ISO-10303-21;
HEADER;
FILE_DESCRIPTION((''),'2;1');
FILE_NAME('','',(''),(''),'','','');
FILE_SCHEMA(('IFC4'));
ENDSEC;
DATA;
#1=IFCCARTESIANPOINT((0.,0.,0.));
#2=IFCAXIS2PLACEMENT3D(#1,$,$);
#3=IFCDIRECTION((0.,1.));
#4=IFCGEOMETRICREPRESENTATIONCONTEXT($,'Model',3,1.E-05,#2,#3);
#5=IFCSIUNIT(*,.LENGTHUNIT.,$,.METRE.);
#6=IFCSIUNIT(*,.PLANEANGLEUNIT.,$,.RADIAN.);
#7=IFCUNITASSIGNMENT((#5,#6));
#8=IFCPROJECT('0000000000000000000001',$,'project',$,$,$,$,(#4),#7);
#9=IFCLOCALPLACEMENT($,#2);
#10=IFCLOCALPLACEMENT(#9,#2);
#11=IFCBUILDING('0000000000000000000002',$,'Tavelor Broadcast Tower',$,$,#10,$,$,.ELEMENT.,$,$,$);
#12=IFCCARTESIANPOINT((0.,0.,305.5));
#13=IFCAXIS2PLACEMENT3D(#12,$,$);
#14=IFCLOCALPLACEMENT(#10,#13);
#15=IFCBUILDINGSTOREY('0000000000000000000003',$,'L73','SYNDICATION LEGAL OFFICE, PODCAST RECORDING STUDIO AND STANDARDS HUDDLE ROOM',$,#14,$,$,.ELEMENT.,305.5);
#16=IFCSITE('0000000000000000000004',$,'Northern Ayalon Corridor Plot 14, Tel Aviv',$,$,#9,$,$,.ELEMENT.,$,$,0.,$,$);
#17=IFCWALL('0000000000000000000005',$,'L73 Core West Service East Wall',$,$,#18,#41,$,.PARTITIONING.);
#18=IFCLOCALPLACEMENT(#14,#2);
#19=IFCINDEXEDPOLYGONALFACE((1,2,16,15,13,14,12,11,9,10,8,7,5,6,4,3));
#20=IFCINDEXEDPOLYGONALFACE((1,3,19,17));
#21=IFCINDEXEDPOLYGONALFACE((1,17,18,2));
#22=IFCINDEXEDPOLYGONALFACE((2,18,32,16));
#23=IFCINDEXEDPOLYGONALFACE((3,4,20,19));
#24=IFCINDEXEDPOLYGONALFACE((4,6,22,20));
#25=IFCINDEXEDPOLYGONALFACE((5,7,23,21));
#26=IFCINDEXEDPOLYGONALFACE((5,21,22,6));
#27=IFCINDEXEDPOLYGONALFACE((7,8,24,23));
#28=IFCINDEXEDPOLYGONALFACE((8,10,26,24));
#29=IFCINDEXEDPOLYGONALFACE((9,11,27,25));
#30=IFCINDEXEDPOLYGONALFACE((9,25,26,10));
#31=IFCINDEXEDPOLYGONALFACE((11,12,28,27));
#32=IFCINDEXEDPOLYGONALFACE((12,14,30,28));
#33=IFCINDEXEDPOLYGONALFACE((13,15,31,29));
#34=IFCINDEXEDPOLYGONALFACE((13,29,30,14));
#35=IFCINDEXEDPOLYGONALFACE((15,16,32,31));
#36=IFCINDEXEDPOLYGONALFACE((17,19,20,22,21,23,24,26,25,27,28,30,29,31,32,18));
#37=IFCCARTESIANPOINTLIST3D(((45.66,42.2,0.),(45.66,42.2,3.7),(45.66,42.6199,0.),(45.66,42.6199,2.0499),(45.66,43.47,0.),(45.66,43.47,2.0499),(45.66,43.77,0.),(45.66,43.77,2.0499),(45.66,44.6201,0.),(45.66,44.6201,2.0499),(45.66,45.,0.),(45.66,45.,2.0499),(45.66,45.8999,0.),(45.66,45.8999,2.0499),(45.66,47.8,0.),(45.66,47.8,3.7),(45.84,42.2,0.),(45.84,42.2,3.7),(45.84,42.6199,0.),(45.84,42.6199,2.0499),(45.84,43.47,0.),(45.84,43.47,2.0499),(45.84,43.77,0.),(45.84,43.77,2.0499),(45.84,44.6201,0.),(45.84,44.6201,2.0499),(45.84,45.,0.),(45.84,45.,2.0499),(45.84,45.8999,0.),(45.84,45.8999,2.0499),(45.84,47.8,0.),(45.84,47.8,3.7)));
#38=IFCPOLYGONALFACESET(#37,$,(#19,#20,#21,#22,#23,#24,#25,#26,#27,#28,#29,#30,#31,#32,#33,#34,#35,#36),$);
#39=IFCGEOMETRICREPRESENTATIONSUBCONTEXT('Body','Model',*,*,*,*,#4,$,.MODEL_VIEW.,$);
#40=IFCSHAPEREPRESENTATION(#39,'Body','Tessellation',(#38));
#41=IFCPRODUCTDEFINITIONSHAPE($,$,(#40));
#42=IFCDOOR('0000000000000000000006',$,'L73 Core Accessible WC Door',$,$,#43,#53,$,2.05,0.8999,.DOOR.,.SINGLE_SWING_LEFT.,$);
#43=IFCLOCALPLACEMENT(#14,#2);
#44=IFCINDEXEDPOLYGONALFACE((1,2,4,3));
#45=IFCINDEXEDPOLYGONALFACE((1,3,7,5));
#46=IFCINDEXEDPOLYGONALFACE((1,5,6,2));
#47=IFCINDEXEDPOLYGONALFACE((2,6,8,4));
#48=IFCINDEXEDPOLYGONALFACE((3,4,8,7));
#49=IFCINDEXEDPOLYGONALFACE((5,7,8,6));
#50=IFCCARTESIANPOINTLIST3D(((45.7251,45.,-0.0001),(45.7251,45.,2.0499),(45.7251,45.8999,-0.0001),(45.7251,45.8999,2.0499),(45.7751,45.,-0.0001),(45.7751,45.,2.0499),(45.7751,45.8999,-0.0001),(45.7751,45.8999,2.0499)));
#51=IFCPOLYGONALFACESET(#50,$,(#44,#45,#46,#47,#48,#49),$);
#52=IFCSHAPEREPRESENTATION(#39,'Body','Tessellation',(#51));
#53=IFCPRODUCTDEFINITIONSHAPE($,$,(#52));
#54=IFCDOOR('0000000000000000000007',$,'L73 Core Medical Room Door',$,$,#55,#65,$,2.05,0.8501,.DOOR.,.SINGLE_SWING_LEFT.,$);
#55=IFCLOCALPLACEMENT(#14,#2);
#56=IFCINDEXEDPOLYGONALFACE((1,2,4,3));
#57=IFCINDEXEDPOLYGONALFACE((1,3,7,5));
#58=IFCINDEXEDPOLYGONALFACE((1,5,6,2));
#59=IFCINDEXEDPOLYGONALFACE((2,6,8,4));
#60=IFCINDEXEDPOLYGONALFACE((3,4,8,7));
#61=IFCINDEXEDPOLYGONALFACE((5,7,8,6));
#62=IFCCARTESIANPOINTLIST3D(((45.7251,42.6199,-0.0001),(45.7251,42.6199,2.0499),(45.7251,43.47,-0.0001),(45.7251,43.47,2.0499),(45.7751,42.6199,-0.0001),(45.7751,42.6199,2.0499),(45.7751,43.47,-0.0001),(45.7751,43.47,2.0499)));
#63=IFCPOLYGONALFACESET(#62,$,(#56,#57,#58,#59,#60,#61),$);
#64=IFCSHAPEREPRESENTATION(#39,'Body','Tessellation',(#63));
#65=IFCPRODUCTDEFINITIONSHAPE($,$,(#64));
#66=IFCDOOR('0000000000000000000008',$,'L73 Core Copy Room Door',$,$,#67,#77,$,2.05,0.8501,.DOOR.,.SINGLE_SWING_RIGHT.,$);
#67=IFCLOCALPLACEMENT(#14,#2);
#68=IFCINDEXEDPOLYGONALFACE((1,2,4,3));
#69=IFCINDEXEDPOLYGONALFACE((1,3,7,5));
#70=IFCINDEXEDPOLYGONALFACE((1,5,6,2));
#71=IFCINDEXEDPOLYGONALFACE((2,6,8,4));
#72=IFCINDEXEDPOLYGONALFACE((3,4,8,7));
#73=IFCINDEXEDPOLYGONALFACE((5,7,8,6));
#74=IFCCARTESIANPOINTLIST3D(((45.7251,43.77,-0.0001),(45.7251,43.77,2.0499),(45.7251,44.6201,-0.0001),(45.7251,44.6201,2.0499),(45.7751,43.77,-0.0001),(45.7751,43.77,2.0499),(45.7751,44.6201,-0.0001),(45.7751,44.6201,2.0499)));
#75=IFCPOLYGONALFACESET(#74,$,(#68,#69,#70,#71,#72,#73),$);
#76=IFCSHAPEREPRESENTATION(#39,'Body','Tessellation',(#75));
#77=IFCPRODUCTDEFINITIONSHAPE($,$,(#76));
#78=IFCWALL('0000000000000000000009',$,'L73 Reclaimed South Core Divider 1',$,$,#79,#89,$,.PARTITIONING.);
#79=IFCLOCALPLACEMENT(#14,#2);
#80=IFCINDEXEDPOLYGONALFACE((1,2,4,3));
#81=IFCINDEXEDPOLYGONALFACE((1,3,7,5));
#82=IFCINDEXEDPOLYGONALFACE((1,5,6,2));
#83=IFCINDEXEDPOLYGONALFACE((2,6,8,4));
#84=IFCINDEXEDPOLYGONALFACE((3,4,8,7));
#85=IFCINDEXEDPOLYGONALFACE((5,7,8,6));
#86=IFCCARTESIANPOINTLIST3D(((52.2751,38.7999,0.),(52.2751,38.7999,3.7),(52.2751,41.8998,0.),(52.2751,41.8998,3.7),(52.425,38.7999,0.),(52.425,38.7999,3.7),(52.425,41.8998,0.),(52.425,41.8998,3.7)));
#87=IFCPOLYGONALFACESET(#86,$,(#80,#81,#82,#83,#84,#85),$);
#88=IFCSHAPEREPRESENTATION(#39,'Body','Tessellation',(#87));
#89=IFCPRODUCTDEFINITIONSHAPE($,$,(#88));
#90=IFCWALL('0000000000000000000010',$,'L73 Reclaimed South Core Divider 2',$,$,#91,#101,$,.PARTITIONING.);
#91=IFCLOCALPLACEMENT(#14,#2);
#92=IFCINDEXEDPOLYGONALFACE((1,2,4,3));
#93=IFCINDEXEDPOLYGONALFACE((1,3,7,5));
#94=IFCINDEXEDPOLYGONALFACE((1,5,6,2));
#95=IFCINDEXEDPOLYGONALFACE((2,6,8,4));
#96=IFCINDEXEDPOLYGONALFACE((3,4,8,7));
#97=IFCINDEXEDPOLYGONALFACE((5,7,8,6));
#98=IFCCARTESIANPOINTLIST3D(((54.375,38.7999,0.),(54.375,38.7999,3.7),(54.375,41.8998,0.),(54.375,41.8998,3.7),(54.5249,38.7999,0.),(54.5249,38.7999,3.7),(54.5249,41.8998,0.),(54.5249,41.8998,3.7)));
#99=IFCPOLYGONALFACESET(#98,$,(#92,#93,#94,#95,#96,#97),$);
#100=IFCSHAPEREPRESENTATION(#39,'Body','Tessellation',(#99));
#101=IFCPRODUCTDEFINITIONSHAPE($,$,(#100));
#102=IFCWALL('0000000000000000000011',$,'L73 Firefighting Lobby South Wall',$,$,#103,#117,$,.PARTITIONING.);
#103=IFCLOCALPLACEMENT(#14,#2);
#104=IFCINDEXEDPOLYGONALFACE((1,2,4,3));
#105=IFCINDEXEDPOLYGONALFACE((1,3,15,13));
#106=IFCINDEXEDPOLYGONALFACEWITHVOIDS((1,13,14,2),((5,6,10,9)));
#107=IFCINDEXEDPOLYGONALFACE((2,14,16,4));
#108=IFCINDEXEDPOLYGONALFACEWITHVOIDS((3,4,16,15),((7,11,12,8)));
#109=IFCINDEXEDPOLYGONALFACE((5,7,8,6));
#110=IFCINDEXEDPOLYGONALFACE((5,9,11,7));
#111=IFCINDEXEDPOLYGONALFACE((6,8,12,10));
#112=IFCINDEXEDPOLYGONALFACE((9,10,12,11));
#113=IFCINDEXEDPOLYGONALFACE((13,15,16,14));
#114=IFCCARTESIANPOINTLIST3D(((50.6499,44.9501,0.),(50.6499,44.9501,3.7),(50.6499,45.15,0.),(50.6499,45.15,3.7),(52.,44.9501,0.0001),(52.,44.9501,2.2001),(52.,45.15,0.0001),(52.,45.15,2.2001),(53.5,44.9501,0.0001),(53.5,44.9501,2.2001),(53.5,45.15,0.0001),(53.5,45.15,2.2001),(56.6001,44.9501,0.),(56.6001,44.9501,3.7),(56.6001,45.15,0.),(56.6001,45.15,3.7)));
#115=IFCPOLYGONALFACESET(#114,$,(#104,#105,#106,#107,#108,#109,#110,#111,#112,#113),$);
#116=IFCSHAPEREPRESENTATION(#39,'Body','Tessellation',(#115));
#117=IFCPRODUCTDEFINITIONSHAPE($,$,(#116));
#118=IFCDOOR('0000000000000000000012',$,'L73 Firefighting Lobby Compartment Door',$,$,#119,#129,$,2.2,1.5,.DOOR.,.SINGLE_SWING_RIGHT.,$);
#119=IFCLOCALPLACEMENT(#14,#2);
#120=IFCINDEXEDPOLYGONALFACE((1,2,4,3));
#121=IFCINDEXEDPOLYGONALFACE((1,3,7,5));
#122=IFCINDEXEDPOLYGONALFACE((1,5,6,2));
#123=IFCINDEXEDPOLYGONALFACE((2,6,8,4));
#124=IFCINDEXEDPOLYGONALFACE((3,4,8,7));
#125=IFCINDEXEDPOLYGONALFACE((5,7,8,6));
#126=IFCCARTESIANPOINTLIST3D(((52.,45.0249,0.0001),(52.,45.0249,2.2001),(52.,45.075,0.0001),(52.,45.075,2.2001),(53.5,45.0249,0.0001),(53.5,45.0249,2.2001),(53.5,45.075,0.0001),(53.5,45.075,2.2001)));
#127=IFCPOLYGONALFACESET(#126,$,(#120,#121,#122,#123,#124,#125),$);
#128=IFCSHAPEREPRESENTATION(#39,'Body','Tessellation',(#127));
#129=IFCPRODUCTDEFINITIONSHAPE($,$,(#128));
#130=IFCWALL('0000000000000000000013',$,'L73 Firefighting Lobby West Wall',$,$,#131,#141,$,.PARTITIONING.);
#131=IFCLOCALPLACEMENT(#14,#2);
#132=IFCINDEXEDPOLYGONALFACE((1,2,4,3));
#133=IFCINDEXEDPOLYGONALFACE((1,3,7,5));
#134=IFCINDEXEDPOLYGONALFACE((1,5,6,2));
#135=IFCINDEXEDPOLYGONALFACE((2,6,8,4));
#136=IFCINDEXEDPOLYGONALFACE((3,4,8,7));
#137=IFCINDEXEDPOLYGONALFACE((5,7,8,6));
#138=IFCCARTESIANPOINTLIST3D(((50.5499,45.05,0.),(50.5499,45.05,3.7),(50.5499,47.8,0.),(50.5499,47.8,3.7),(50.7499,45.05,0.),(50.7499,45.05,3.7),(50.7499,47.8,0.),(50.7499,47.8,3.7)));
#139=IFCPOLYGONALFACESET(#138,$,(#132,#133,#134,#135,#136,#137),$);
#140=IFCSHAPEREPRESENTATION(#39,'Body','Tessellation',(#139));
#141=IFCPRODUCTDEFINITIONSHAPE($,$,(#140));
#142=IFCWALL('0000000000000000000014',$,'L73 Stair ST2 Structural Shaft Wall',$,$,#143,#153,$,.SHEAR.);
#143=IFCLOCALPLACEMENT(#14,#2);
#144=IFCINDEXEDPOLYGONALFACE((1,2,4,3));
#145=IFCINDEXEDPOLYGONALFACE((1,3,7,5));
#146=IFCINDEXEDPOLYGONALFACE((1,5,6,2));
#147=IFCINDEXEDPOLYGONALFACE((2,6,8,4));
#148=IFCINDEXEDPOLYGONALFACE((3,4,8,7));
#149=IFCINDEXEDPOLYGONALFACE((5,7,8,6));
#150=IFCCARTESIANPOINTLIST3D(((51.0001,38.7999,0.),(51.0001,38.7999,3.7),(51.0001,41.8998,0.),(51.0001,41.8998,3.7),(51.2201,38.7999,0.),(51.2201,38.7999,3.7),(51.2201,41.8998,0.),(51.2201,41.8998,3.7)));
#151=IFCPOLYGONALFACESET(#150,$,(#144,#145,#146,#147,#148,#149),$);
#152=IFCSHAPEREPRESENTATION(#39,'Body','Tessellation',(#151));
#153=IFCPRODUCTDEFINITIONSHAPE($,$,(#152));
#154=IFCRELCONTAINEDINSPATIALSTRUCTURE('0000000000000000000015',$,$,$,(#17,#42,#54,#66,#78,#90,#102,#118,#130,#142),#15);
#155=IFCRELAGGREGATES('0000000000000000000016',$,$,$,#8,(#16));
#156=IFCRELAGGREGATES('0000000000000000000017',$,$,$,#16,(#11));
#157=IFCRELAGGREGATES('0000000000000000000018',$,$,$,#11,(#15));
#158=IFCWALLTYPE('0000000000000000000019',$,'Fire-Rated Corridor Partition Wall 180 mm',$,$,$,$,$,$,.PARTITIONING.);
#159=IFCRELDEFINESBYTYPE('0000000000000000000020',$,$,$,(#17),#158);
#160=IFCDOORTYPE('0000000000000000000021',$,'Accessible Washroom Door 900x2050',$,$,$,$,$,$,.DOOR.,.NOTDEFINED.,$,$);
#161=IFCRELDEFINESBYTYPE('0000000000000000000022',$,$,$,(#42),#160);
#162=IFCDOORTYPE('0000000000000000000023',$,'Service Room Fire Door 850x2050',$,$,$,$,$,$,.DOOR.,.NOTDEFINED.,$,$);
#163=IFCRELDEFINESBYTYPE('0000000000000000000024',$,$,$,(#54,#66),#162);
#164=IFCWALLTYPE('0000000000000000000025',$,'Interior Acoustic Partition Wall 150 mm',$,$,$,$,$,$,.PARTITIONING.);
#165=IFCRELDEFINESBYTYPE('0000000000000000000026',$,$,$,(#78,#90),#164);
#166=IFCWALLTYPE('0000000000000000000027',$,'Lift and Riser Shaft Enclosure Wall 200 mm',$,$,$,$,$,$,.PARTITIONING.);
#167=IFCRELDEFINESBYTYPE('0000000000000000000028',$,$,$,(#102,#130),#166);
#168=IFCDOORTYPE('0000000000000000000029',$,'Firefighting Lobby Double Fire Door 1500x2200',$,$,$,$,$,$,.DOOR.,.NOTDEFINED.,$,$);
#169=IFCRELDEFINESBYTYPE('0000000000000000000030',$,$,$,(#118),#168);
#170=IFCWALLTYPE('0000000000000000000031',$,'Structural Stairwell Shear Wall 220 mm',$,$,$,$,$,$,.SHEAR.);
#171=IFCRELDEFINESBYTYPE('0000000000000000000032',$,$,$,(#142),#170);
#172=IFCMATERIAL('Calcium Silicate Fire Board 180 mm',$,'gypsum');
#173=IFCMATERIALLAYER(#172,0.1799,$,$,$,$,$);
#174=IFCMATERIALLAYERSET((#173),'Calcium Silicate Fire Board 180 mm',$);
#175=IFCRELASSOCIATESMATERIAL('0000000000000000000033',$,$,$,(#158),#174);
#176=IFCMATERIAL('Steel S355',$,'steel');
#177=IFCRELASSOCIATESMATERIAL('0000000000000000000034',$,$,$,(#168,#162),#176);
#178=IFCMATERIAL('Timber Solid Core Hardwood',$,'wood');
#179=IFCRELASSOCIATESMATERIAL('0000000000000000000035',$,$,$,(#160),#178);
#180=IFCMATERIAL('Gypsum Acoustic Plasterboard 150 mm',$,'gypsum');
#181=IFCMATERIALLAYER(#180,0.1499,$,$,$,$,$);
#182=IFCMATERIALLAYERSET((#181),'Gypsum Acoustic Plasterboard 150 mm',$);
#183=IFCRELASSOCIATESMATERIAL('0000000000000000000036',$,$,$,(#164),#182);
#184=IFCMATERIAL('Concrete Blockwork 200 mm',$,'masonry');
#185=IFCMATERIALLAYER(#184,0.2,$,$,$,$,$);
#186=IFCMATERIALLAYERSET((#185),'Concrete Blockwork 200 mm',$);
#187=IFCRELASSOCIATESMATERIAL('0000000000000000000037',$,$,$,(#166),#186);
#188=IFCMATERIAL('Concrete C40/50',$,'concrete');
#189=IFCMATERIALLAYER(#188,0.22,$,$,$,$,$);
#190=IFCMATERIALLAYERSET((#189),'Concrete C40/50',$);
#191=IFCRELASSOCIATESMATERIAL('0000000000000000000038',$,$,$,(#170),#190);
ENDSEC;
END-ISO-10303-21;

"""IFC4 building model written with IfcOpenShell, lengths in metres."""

from ifc_helpers import new_model, si_unit, direction, frame, frame_2d, origin, place, context, subcontext, project, spatial, rectangle, extrude, material, layer, layer_set, type_object, element, fill, save


model = new_model("IFC4")

# Units and contexts
model_context = context("Model", 3, precision=1e-05, world=origin(), true_north=direction((0.0, 1.0)))
body_context = subcontext(model_context, "Body", "Model", "MODEL_VIEW")
ifc_project = project(units=[si_unit("LENGTHUNIT", "METRE"), si_unit("PLANEANGLEUNIT", "RADIAN")], contexts=[model_context])

# Site, building, storey
site_placement = place(None, origin())
site = spatial("IfcSite", under=ifc_project, at=site_placement, Name="Northern Ayalon Corridor Plot 14, Tel Aviv", CompositionType="ELEMENT", RefElevation=0.0)
building_placement = place(site_placement, origin())
building = spatial("IfcBuilding", under=site, at=building_placement, Name="Tavelor Broadcast Tower", CompositionType="ELEMENT")
storey_placement = place(building_placement, frame((0.0, 0.0, 305.5)))
storey = spatial("IfcBuildingStorey", under=building, at=storey_placement, Name="L73", Description="SYNDICATION LEGAL OFFICE, PODCAST RECORDING STUDIO AND STANDARDS HUDDLE ROOM", CompositionType="ELEMENT", Elevation=305.5)

# Shared definitions
ifc_material_1 = material(Name="Concrete C40/50", Category="concrete")
ifc_material_2 = material(Name="Steel S355", Category="steel")

# Shared definitions
ifc_material_3 = material(Name="Calcium Silicate Fire Board 180 mm", Category="gypsum")
ifc_layer_1 = layer(ifc_material_3, 0.1799)
ifc_layer_set_1 = layer_set([ifc_layer_1], Name="Calcium Silicate Fire Board 180 mm")
wall_type_1 = type_object("IfcWallType", Name="Fire-Rated Corridor Partition Wall 180 mm", PredefinedType="PARTITIONING", material=ifc_layer_set_1)
door_type_1 = type_object("IfcDoorType", Name="Firefighting Lobby Double Fire Door 1500x2200", OperationType="NOTDEFINED", PredefinedType="DOOR", material=ifc_material_2)

# Wall, openings, doors
wall_1_placement = place(storey_placement, frame((45.75, 42.2, 0.0), z_axis=(0.0, 0.0, 1.0), x_axis=(0.0, 1.0, 0.0)))
wall_1 = element("IfcWall", 1, at=wall_1_placement, inside=storey, type_object=wall_type_1, Name="L73 Core West Service East Wall", PredefinedType="PARTITIONING", context=body_context, shape_type="SweptSolid", body=[
    extrude(rectangle(XDim=5.6001, YDim=0.1799, at=frame_2d((2.8, 0.0))), origin(), (0.0, 0.0, 1.0), 3.7),
])
opening_1_placement = place(wall_1_placement, frame((0.4199, 0.0, 0.0)))
opening_1 = element("IfcOpeningElement", 2, at=opening_1_placement, cuts=wall_1, PredefinedType="OPENING", context=body_context, shape_type="SweptSolid", body=[
    extrude(rectangle(XDim=0.8501, YDim=2.05, at=frame_2d((0.425, 1.0249))), frame((0.0, 0.1001, 0.0), z_axis=(0.0, -1.0, 0.0), x_axis=(1.0, 0.0, 0.0)), (0.0, 0.0, 1.0), 0.2),
])
opening_2_placement = place(wall_1_placement, frame((1.5701, 0.0, 0.0)))
opening_2 = element("IfcOpeningElement", 3, at=opening_2_placement, cuts=wall_1, PredefinedType="OPENING", context=body_context, shape_type="SweptSolid", body=[
    extrude(rectangle(XDim=0.8501, YDim=2.05, at=frame_2d((0.425, 1.0249))), frame((0.0, 0.1001, 0.0), z_axis=(0.0, -1.0, 0.0), x_axis=(1.0, 0.0, 0.0)), (0.0, 0.0, 1.0), 0.2),
])
opening_3_placement = place(wall_1_placement, frame((2.8, 0.0, 0.0)))
opening_3 = element("IfcOpeningElement", 4, at=opening_3_placement, cuts=wall_1, PredefinedType="OPENING", context=body_context, shape_type="SweptSolid", body=[
    extrude(rectangle(XDim=0.8999, YDim=2.05, at=frame_2d((0.45, 1.0249))), frame((0.0, 0.1001, 0.0), z_axis=(0.0, -1.0, 0.0), x_axis=(1.0, 0.0, 0.0)), (0.0, 0.0, 1.0), 0.2),
])
ifc_material_4 = material(Name="Timber Solid Core Hardwood", Category="wood")
door_type_2 = type_object("IfcDoorType", Name="Accessible Washroom Door 900x2050", OperationType="NOTDEFINED", PredefinedType="DOOR", material=ifc_material_4)
door_1_placement = place(opening_3_placement, origin())
door_1 = element("IfcDoor", 5, at=door_1_placement, inside=storey, type_object=door_type_2, Name="L73 Core Accessible WC Door", OperationType="SINGLE_SWING_LEFT", OverallHeight=2.05, OverallWidth=0.8999, PredefinedType="DOOR", context=body_context, shape_type="SweptSolid", body=[
    extrude(rectangle(XDim=0.8999, YDim=2.05, at=frame_2d((0.45, 1.0249))), frame((0.0, 0.0249, 0.0), z_axis=(0.0, -1.0, 0.0), x_axis=(1.0, 0.0, 0.0)), (0.0, 0.0, 1.0), 0.05),
])
fill(opening_3, door_1)
door_type_3 = type_object("IfcDoorType", Name="Service Room Fire Door 850x2050", OperationType="NOTDEFINED", PredefinedType="DOOR", material=ifc_material_2)
door_2_placement = place(opening_1_placement, origin())
door_2 = element("IfcDoor", 6, at=door_2_placement, inside=storey, type_object=door_type_3, Name="L73 Core Medical Room Door", OperationType="SINGLE_SWING_LEFT", OverallHeight=2.05, OverallWidth=0.8501, PredefinedType="DOOR", context=body_context, shape_type="SweptSolid", body=[
    extrude(rectangle(XDim=0.8501, YDim=2.05, at=frame_2d((0.425, 1.0249))), frame((0.0, 0.0249, 0.0), z_axis=(0.0, -1.0, 0.0), x_axis=(1.0, 0.0, 0.0)), (0.0, 0.0, 1.0), 0.05),
])
fill(opening_1, door_2)
door_3_placement = place(opening_2_placement, origin())
door_3 = element("IfcDoor", 7, at=door_3_placement, inside=storey, type_object=door_type_3, Name="L73 Core Copy Room Door", OperationType="SINGLE_SWING_RIGHT", OverallHeight=2.05, OverallWidth=0.8501, PredefinedType="DOOR", context=body_context, shape_type="SweptSolid", body=[
    extrude(rectangle(XDim=0.8501, YDim=2.05, at=frame_2d((0.425, 1.0249))), frame((0.0, 0.0249, 0.0), z_axis=(0.0, -1.0, 0.0), x_axis=(1.0, 0.0, 0.0)), (0.0, 0.0, 1.0), 0.05),
])
fill(opening_2, door_3)

# Walls
ifc_material_5 = material(Name="Gypsum Acoustic Plasterboard 150 mm", Category="gypsum")
ifc_layer_2 = layer(ifc_material_5, 0.1499)
ifc_layer_set_2 = layer_set([ifc_layer_2], Name="Gypsum Acoustic Plasterboard 150 mm")
wall_type_2 = type_object("IfcWallType", Name="Interior Acoustic Partition Wall 150 mm", PredefinedType="PARTITIONING", material=ifc_layer_set_2)
for number, where, z_axis, x_axis, name in (
    (8, (52.3501, 38.8, 0.0), (0.0, 0.0, 1.0), (0.0, 1.0, 0.0), "L73 Reclaimed South Core Divider 1"),
    (9, (54.45, 38.8, 0.0), (0.0, 0.0, 1.0), (0.0, 1.0, 0.0), "L73 Reclaimed South Core Divider 2"),
):
    element("IfcWall", number, at=place(storey_placement, frame(where, z_axis=z_axis, x_axis=x_axis)), inside=storey, type_object=wall_type_2, Name=name, PredefinedType="PARTITIONING", context=body_context, shape_type="SweptSolid", body=[
        extrude(rectangle(XDim=3.0999, YDim=0.1499, at=frame_2d((1.5498, 0.0))), origin(), (0.0, 0.0, 1.0), 3.7),
    ])

# Wall, opening, door
ifc_material_6 = material(Name="Concrete Blockwork 200 mm", Category="masonry")
ifc_layer_3 = layer(ifc_material_6, 0.2)
ifc_layer_set_3 = layer_set([ifc_layer_3], Name="Concrete Blockwork 200 mm")
wall_type_3 = type_object("IfcWallType", Name="Lift and Riser Shaft Enclosure Wall 200 mm", PredefinedType="PARTITIONING", material=ifc_layer_set_3)
wall_2_placement = place(storey_placement, frame((50.6499, 45.05, 0.0), z_axis=(0.0, 0.0, 1.0), x_axis=(1.0, 0.0, 0.0)))
wall_2 = element("IfcWall", 10, at=wall_2_placement, inside=storey, type_object=wall_type_3, Name="L73 Firefighting Lobby South Wall", PredefinedType="PARTITIONING", context=body_context, shape_type="SweptSolid", body=[
    extrude(rectangle(XDim=5.9502, YDim=0.2, at=frame_2d((2.9751, 0.0))), origin(), (0.0, 0.0, 1.0), 3.7),
])
opening_4_placement = place(wall_2_placement, frame((1.3501, 0.0, 0.0)))
opening_4 = element("IfcOpeningElement", 11, at=opening_4_placement, cuts=wall_2, PredefinedType="OPENING", context=body_context, shape_type="SweptSolid", body=[
    extrude(rectangle(XDim=1.5, YDim=2.2, at=frame_2d((0.75, 1.1001))), frame((0.0, 0.1099, 0.0), z_axis=(0.0, -1.0, 0.0), x_axis=(1.0, 0.0, 0.0)), (0.0, 0.0, 1.0), 0.22),
])
door_4_placement = place(opening_4_placement, origin())
door_4 = element("IfcDoor", 12, at=door_4_placement, inside=storey, type_object=door_type_1, Name="L73 Firefighting Lobby Compartment Door", OperationType="SINGLE_SWING_RIGHT", OverallHeight=2.2, OverallWidth=1.5, PredefinedType="DOOR", context=body_context, shape_type="SweptSolid", body=[
    extrude(rectangle(XDim=1.5, YDim=2.2, at=frame_2d((0.75, 1.1001))), frame((0.0, 0.0249, 0.0), z_axis=(0.0, -1.0, 0.0), x_axis=(1.0, 0.0, 0.0)), (0.0, 0.0, 1.0), 0.05),
])
fill(opening_4, door_4)

# Walls
wall_3_placement = place(storey_placement, frame((50.6499, 45.05, 0.0), z_axis=(0.0, 0.0, 1.0), x_axis=(0.0, 1.0, 0.0)))
element("IfcWall", 13, at=wall_3_placement, inside=storey, type_object=wall_type_3, Name="L73 Firefighting Lobby West Wall", PredefinedType="PARTITIONING", context=body_context, shape_type="SweptSolid", body=[
    extrude(rectangle(XDim=2.75, YDim=0.2, at=frame_2d((1.375, 0.0))), origin(), (0.0, 0.0, 1.0), 3.7),
])
ifc_layer_4 = layer(ifc_material_1, 0.22)
ifc_layer_set_4 = layer_set([ifc_layer_4], Name="Concrete C40/50")
wall_type_4 = type_object("IfcWallType", Name="Structural Stairwell Shear Wall 220 mm", PredefinedType="SHEAR", material=ifc_layer_set_4)
wall_4_placement = place(storey_placement, frame((51.1101, 38.8, 0.0), z_axis=(0.0, 0.0, 1.0), x_axis=(0.0, 1.0, 0.0)))
element("IfcWall", 14, at=wall_4_placement, inside=storey, type_object=wall_type_4, Name="L73 Stair ST2 Structural Shaft Wall", PredefinedType="SHEAR", context=body_context, shape_type="SweptSolid", body=[
    extrude(rectangle(XDim=3.0999, YDim=0.22, at=frame_2d((1.5498, 0.0))), origin(), (0.0, 0.0, 1.0), 3.7),
])

save(model, "model.ifc")
